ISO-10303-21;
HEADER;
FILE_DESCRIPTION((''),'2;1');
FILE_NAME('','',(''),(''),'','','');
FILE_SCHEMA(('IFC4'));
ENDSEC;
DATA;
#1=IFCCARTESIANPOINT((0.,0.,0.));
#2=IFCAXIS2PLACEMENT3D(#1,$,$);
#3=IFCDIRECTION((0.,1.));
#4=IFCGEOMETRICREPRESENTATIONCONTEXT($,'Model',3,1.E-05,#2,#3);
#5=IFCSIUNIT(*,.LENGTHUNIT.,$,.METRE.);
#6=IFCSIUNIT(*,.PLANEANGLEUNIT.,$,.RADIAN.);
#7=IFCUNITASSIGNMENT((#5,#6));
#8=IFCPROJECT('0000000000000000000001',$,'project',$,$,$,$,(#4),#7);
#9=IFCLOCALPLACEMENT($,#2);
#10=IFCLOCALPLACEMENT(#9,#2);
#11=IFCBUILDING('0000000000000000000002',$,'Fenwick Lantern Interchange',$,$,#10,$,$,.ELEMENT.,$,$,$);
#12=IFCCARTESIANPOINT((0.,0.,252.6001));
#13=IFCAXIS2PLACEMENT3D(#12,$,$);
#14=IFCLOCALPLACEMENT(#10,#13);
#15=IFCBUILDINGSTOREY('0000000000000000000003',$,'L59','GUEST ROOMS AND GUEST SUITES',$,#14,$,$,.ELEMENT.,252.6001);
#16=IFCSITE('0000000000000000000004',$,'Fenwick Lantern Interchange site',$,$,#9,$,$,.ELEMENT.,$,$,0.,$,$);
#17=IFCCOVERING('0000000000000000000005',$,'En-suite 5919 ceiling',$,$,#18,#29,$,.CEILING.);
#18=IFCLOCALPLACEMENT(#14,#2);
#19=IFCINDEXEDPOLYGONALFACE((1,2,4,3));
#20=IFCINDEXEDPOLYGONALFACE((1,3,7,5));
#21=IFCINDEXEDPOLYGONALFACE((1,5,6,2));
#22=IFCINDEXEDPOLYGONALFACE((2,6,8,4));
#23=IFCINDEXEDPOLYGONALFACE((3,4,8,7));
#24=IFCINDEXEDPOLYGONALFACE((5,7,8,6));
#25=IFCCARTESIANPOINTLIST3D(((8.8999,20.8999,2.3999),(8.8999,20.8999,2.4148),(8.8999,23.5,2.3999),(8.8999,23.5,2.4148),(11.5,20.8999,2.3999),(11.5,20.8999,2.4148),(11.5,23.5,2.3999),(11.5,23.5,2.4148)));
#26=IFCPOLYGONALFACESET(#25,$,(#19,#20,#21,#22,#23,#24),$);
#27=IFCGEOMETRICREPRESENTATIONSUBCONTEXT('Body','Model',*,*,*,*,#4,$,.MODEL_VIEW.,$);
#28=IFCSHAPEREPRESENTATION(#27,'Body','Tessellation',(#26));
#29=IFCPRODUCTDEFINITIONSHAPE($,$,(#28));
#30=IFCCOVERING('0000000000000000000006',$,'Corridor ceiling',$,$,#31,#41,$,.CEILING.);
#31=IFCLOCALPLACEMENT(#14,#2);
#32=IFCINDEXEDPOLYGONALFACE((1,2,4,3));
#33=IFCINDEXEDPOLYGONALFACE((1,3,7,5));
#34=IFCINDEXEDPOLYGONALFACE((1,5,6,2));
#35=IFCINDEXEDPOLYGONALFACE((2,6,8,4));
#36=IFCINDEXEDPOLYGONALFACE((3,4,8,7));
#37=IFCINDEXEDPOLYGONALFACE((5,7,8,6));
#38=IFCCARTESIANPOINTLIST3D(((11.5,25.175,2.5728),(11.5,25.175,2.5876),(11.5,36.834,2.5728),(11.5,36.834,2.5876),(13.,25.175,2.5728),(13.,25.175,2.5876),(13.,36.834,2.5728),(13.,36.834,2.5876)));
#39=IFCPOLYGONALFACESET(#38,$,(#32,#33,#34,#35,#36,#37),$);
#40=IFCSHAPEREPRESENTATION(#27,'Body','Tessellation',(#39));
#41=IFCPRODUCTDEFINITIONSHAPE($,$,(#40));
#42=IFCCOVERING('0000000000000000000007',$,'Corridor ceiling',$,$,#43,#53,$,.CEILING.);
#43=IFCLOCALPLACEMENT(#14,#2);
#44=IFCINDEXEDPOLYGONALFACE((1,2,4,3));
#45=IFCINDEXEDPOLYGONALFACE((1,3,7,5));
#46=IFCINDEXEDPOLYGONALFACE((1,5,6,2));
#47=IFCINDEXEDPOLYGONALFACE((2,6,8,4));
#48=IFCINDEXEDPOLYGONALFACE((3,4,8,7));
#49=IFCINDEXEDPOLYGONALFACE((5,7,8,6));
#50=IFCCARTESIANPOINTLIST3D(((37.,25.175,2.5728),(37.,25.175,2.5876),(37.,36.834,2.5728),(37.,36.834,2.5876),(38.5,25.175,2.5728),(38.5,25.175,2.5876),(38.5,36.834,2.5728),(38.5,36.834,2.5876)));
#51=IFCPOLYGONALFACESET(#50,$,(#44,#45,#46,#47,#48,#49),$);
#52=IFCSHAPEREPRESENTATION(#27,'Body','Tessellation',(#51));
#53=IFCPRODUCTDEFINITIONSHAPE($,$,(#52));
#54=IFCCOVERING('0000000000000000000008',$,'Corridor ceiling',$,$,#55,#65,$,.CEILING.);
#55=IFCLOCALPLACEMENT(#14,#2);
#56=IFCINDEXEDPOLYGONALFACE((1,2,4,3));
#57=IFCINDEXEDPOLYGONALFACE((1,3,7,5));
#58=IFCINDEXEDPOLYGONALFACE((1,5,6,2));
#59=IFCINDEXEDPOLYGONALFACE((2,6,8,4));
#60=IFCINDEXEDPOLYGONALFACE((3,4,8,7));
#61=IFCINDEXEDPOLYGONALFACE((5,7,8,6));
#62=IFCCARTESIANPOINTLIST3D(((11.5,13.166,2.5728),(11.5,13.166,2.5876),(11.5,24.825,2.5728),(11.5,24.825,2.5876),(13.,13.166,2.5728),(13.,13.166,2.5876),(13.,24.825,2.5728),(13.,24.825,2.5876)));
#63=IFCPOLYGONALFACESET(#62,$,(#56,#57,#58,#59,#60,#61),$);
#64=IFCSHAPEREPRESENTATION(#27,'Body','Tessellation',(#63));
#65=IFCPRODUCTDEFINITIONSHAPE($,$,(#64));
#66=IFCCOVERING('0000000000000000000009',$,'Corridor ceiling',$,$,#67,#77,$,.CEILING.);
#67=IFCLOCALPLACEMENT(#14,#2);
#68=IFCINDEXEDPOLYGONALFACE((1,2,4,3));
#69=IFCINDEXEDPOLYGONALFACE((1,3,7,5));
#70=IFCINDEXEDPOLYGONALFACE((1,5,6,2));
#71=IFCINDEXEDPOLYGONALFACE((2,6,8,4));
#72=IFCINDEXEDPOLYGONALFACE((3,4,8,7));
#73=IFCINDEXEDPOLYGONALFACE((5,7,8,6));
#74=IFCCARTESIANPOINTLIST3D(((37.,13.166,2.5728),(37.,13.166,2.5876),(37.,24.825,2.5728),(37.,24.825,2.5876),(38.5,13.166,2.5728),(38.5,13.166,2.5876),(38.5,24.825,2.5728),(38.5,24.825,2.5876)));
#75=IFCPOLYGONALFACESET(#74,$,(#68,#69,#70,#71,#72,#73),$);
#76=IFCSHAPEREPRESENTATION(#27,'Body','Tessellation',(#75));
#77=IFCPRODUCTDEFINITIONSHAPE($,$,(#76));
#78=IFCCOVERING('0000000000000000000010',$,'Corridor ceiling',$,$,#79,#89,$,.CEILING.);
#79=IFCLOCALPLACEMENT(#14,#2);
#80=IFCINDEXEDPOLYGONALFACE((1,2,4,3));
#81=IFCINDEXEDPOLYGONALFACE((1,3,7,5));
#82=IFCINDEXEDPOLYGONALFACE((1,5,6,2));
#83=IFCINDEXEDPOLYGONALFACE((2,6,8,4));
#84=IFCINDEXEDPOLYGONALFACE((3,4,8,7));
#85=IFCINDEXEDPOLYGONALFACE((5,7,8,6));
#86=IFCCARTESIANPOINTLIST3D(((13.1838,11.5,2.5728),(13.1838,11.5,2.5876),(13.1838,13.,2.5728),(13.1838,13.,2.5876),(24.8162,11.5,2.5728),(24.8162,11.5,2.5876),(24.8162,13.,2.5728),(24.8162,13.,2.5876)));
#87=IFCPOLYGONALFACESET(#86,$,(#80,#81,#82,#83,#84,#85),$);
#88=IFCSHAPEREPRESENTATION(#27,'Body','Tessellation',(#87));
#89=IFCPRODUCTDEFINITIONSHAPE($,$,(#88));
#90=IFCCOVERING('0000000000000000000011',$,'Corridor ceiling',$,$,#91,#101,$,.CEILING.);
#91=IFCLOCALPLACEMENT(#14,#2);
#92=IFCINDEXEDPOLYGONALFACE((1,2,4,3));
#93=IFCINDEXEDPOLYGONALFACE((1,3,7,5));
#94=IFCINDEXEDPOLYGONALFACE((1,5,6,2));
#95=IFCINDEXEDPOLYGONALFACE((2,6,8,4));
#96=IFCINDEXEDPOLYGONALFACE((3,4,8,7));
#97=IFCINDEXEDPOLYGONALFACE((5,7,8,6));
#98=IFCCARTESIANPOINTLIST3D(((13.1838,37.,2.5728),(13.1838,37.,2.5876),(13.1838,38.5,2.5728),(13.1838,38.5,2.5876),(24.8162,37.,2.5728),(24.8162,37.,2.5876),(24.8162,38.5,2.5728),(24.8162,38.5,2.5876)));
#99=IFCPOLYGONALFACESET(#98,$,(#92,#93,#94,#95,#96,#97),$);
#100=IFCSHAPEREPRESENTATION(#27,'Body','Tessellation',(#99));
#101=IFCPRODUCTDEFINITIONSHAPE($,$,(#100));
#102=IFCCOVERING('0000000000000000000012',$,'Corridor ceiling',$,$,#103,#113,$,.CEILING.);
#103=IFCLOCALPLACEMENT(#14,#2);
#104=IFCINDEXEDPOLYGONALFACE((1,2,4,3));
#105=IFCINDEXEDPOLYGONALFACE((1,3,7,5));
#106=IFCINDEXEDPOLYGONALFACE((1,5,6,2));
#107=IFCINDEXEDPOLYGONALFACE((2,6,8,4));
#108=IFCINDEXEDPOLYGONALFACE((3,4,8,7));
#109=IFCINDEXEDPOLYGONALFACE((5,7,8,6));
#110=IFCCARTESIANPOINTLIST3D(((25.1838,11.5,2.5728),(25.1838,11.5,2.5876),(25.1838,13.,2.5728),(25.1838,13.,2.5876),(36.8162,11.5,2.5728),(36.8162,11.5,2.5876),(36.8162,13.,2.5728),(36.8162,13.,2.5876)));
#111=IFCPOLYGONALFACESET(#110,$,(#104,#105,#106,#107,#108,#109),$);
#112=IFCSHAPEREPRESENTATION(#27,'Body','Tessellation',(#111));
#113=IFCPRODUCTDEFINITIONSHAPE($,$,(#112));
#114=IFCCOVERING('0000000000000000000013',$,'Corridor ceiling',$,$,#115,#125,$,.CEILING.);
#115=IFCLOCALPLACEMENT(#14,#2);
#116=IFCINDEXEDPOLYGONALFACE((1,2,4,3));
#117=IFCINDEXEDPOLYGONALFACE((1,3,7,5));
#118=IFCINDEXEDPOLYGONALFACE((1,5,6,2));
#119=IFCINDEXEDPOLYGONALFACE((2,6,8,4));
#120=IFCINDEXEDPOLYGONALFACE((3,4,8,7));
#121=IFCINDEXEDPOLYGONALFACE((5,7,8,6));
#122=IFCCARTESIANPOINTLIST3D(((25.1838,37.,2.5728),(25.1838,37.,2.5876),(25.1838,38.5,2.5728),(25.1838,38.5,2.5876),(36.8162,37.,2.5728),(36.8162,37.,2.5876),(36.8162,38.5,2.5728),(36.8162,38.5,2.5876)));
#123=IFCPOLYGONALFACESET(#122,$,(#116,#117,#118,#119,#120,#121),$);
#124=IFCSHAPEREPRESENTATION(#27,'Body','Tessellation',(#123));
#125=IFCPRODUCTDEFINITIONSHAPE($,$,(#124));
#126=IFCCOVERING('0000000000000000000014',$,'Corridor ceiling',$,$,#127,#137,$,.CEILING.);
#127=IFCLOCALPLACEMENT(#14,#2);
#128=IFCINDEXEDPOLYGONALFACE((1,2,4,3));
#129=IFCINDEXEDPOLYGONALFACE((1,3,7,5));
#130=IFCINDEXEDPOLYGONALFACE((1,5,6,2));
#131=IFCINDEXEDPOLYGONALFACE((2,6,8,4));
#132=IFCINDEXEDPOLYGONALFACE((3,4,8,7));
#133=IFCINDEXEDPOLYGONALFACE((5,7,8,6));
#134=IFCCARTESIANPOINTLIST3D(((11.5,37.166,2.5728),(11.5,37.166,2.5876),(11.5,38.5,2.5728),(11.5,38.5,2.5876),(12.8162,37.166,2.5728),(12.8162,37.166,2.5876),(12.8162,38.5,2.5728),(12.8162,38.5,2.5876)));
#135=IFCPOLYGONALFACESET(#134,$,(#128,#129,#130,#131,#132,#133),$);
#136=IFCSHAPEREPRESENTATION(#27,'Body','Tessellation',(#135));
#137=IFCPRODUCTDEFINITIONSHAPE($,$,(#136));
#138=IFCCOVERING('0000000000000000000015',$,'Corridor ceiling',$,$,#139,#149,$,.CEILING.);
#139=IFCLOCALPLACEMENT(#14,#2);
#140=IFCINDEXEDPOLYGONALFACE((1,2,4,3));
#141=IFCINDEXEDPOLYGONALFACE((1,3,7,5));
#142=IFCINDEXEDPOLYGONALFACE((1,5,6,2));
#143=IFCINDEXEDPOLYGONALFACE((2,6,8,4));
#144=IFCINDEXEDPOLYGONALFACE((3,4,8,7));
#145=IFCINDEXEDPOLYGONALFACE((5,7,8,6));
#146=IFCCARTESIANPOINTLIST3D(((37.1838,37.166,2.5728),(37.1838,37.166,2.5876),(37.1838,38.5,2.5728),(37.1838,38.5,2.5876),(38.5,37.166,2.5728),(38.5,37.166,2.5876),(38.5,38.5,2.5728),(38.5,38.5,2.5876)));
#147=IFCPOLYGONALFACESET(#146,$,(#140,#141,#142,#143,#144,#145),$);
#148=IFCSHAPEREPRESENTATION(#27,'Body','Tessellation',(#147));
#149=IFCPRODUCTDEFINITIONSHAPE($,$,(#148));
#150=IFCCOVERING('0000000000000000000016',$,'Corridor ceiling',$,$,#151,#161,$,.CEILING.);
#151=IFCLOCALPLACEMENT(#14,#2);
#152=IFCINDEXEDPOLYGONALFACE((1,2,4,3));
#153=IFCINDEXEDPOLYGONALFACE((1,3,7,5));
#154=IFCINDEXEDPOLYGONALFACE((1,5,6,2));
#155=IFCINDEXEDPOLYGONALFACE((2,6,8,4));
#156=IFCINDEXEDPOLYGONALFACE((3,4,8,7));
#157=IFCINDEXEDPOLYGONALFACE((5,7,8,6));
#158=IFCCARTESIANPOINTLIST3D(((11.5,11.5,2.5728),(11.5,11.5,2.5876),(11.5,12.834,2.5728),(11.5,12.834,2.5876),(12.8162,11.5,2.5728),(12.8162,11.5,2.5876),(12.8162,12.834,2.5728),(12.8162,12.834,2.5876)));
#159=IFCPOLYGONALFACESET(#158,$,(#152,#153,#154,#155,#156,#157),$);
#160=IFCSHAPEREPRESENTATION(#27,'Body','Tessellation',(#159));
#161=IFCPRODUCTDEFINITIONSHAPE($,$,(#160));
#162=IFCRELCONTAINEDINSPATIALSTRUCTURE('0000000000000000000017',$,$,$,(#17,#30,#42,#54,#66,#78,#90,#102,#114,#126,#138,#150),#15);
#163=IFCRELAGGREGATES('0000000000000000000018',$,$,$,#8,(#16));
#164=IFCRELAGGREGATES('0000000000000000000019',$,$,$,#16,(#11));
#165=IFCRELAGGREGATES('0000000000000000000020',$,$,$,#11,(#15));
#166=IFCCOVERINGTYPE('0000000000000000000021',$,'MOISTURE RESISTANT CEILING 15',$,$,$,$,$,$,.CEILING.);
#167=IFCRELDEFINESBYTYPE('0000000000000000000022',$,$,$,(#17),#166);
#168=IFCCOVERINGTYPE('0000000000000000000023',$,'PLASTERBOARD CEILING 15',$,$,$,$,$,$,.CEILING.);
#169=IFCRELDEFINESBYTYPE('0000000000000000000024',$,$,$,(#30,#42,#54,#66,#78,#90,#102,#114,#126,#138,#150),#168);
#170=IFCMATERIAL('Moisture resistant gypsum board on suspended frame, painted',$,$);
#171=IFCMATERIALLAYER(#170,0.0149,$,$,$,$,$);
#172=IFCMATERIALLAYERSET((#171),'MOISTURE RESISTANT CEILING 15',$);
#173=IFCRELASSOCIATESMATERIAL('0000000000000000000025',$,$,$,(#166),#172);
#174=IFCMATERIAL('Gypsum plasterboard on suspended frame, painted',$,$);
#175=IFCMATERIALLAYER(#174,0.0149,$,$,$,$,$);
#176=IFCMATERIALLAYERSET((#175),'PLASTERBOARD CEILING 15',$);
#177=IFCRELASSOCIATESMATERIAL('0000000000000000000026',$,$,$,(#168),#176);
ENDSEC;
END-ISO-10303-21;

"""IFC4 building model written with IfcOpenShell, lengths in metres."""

from ifc_helpers import new_model, si_unit, direction, frame, origin, place, context, subcontext, project, spatial, polyline, outline, extrude, material, layer, layer_set, type_object, element, save


model = new_model("IFC4")

# Units and contexts
model_context = context("Model", 3, precision=1e-05, world=origin(), true_north=direction((0.0, 1.0)))
body_context = subcontext(model_context, "Body", "Model", "MODEL_VIEW")
ifc_project = project(units=[si_unit("LENGTHUNIT", "METRE"), si_unit("PLANEANGLEUNIT", "RADIAN")], contexts=[model_context])

# Site, building, storey
site_placement = place(None, origin())
site = spatial("IfcSite", under=ifc_project, at=site_placement, Name="Fenwick Lantern Interchange site", CompositionType="ELEMENT", RefElevation=0.0)
building_placement = place(site_placement, origin())
building = spatial("IfcBuilding", under=site, at=building_placement, Name="Fenwick Lantern Interchange", CompositionType="ELEMENT")
storey_placement = place(building_placement, frame((0.0, 0.0, 252.6001)))
storey = spatial("IfcBuildingStorey", under=building, at=storey_placement, Name="L59", Description="GUEST ROOMS AND GUEST SUITES", CompositionType="ELEMENT", Elevation=252.6001)

# Coverings
ifc_material_1 = material(Name="Moisture resistant gypsum board on suspended frame, painted")
ifc_layer_1 = layer(ifc_material_1, 0.0149)
ifc_layer_set_1 = layer_set([ifc_layer_1], Name="MOISTURE RESISTANT CEILING 15")
covering_type_1 = type_object("IfcCoveringType", Name="MOISTURE RESISTANT CEILING 15", PredefinedType="CEILING", material=ifc_layer_set_1)
covering_1_placement = place(storey_placement, frame((0.0, 0.0, 2.3999)))
element("IfcCovering", 1, at=covering_1_placement, inside=storey, type_object=covering_type_1, Name="En-suite 5919 ceiling", PredefinedType="CEILING", context=body_context, shape_type="SweptSolid", body=[
    extrude(outline(polyline([(8.8999, 23.5), (8.8999, 20.8999), (11.5, 20.8999), (11.5, 23.5), (8.8999, 23.5)])), origin(), (0.0, 0.0, 1.0), 0.0149),
])
ifc_material_2 = material(Name="Gypsum plasterboard on suspended frame, painted")
ifc_layer_2 = layer(ifc_material_2, 0.0149)
ifc_layer_set_2 = layer_set([ifc_layer_2], Name="PLASTERBOARD CEILING 15")
covering_type_2 = type_object("IfcCoveringType", Name="PLASTERBOARD CEILING 15", PredefinedType="CEILING", material=ifc_layer_set_2)
covering_2_placement = place(storey_placement, frame((0.0, 0.0, 2.5728)))
element("IfcCovering", 2, at=covering_2_placement, inside=storey, type_object=covering_type_2, Name="Corridor ceiling", PredefinedType="CEILING", context=body_context, shape_type="SweptSolid", body=[
    extrude(outline(polyline([(11.5, 36.834), (11.5, 25.175), (13.0, 25.175), (13.0, 36.834), (11.5, 36.834)])), origin(), (0.0, 0.0, 1.0), 0.0149),
])
covering_3_placement = place(storey_placement, frame((0.0, 0.0, 2.5728)))
element("IfcCovering", 3, at=covering_3_placement, inside=storey, type_object=covering_type_2, Name="Corridor ceiling", PredefinedType="CEILING", context=body_context, shape_type="SweptSolid", body=[
    extrude(outline(polyline([(38.5, 25.175), (38.5, 36.834), (37.0, 36.834), (37.0, 25.175), (38.5, 25.175)])), origin(), (0.0, 0.0, 1.0), 0.0149),
])
covering_4_placement = place(storey_placement, frame((0.0, 0.0, 2.5728)))
element("IfcCovering", 4, at=covering_4_placement, inside=storey, type_object=covering_type_2, Name="Corridor ceiling", PredefinedType="CEILING", context=body_context, shape_type="SweptSolid", body=[
    extrude(outline(polyline([(11.5, 24.825), (11.5, 13.166), (13.0, 13.166), (13.0, 24.825), (11.5, 24.825)])), origin(), (0.0, 0.0, 1.0), 0.0149),
])
covering_5_placement = place(storey_placement, frame((0.0, 0.0, 2.5728)))
element("IfcCovering", 5, at=covering_5_placement, inside=storey, type_object=covering_type_2, Name="Corridor ceiling", PredefinedType="CEILING", context=body_context, shape_type="SweptSolid", body=[
    extrude(outline(polyline([(38.5, 13.166), (38.5, 24.825), (37.0, 24.825), (37.0, 13.166), (38.5, 13.166)])), origin(), (0.0, 0.0, 1.0), 0.0149),
])
covering_6_placement = place(storey_placement, frame((0.0, 0.0, 2.5728)))
element("IfcCovering", 6, at=covering_6_placement, inside=storey, type_object=covering_type_2, Name="Corridor ceiling", PredefinedType="CEILING", context=body_context, shape_type="SweptSolid", body=[
    extrude(outline(polyline([(13.1838, 11.5), (24.8162, 11.5), (24.8162, 13.0), (13.1838, 13.0), (13.1838, 11.5)])), origin(), (0.0, 0.0, 1.0), 0.0149),
])
covering_7_placement = place(storey_placement, frame((0.0, 0.0, 2.5728)))
element("IfcCovering", 7, at=covering_7_placement, inside=storey, type_object=covering_type_2, Name="Corridor ceiling", PredefinedType="CEILING", context=body_context, shape_type="SweptSolid", body=[
    extrude(outline(polyline([(24.8162, 38.5), (13.1838, 38.5), (13.1838, 37.0), (24.8162, 37.0), (24.8162, 38.5)])), origin(), (0.0, 0.0, 1.0), 0.0149),
])
covering_8_placement = place(storey_placement, frame((0.0, 0.0, 2.5728)))
element("IfcCovering", 8, at=covering_8_placement, inside=storey, type_object=covering_type_2, Name="Corridor ceiling", PredefinedType="CEILING", context=body_context, shape_type="SweptSolid", body=[
    extrude(outline(polyline([(25.1838, 11.5), (36.8162, 11.5), (36.8162, 13.0), (25.1838, 13.0), (25.1838, 11.5)])), origin(), (0.0, 0.0, 1.0), 0.0149),
])
covering_9_placement = place(storey_placement, frame((0.0, 0.0, 2.5728)))
element("IfcCovering", 9, at=covering_9_placement, inside=storey, type_object=covering_type_2, Name="Corridor ceiling", PredefinedType="CEILING", context=body_context, shape_type="SweptSolid", body=[
    extrude(outline(polyline([(36.8162, 38.5), (25.1838, 38.5), (25.1838, 37.0), (36.8162, 37.0), (36.8162, 38.5)])), origin(), (0.0, 0.0, 1.0), 0.0149),
])
covering_10_placement = place(storey_placement, frame((0.0, 0.0, 2.5728)))
element("IfcCovering", 10, at=covering_10_placement, inside=storey, type_object=covering_type_2, Name="Corridor ceiling", PredefinedType="CEILING", context=body_context, shape_type="SweptSolid", body=[
    extrude(outline(polyline([(12.8162, 38.5), (11.5, 38.5), (11.5, 37.166), (12.8162, 37.166), (12.8162, 38.5)])), origin(), (0.0, 0.0, 1.0), 0.0149),
])
covering_11_placement = place(storey_placement, frame((0.0, 0.0, 2.5728)))
element("IfcCovering", 11, at=covering_11_placement, inside=storey, type_object=covering_type_2, Name="Corridor ceiling", PredefinedType="CEILING", context=body_context, shape_type="SweptSolid", body=[
    extrude(outline(polyline([(38.5, 38.5), (37.1838, 38.5), (37.1838, 37.166), (38.5, 37.166), (38.5, 38.5)])), origin(), (0.0, 0.0, 1.0), 0.0149),
])
covering_12_placement = place(storey_placement, frame((0.0, 0.0, 2.5728)))
element("IfcCovering", 12, at=covering_12_placement, inside=storey, type_object=covering_type_2, Name="Corridor ceiling", PredefinedType="CEILING", context=body_context, shape_type="SweptSolid", body=[
    extrude(outline(polyline([(11.5, 11.5), (12.8162, 11.5), (12.8162, 12.834), (11.5, 12.834), (11.5, 11.5)])), origin(), (0.0, 0.0, 1.0), 0.0149),
])

save(model, "model.ifc")
